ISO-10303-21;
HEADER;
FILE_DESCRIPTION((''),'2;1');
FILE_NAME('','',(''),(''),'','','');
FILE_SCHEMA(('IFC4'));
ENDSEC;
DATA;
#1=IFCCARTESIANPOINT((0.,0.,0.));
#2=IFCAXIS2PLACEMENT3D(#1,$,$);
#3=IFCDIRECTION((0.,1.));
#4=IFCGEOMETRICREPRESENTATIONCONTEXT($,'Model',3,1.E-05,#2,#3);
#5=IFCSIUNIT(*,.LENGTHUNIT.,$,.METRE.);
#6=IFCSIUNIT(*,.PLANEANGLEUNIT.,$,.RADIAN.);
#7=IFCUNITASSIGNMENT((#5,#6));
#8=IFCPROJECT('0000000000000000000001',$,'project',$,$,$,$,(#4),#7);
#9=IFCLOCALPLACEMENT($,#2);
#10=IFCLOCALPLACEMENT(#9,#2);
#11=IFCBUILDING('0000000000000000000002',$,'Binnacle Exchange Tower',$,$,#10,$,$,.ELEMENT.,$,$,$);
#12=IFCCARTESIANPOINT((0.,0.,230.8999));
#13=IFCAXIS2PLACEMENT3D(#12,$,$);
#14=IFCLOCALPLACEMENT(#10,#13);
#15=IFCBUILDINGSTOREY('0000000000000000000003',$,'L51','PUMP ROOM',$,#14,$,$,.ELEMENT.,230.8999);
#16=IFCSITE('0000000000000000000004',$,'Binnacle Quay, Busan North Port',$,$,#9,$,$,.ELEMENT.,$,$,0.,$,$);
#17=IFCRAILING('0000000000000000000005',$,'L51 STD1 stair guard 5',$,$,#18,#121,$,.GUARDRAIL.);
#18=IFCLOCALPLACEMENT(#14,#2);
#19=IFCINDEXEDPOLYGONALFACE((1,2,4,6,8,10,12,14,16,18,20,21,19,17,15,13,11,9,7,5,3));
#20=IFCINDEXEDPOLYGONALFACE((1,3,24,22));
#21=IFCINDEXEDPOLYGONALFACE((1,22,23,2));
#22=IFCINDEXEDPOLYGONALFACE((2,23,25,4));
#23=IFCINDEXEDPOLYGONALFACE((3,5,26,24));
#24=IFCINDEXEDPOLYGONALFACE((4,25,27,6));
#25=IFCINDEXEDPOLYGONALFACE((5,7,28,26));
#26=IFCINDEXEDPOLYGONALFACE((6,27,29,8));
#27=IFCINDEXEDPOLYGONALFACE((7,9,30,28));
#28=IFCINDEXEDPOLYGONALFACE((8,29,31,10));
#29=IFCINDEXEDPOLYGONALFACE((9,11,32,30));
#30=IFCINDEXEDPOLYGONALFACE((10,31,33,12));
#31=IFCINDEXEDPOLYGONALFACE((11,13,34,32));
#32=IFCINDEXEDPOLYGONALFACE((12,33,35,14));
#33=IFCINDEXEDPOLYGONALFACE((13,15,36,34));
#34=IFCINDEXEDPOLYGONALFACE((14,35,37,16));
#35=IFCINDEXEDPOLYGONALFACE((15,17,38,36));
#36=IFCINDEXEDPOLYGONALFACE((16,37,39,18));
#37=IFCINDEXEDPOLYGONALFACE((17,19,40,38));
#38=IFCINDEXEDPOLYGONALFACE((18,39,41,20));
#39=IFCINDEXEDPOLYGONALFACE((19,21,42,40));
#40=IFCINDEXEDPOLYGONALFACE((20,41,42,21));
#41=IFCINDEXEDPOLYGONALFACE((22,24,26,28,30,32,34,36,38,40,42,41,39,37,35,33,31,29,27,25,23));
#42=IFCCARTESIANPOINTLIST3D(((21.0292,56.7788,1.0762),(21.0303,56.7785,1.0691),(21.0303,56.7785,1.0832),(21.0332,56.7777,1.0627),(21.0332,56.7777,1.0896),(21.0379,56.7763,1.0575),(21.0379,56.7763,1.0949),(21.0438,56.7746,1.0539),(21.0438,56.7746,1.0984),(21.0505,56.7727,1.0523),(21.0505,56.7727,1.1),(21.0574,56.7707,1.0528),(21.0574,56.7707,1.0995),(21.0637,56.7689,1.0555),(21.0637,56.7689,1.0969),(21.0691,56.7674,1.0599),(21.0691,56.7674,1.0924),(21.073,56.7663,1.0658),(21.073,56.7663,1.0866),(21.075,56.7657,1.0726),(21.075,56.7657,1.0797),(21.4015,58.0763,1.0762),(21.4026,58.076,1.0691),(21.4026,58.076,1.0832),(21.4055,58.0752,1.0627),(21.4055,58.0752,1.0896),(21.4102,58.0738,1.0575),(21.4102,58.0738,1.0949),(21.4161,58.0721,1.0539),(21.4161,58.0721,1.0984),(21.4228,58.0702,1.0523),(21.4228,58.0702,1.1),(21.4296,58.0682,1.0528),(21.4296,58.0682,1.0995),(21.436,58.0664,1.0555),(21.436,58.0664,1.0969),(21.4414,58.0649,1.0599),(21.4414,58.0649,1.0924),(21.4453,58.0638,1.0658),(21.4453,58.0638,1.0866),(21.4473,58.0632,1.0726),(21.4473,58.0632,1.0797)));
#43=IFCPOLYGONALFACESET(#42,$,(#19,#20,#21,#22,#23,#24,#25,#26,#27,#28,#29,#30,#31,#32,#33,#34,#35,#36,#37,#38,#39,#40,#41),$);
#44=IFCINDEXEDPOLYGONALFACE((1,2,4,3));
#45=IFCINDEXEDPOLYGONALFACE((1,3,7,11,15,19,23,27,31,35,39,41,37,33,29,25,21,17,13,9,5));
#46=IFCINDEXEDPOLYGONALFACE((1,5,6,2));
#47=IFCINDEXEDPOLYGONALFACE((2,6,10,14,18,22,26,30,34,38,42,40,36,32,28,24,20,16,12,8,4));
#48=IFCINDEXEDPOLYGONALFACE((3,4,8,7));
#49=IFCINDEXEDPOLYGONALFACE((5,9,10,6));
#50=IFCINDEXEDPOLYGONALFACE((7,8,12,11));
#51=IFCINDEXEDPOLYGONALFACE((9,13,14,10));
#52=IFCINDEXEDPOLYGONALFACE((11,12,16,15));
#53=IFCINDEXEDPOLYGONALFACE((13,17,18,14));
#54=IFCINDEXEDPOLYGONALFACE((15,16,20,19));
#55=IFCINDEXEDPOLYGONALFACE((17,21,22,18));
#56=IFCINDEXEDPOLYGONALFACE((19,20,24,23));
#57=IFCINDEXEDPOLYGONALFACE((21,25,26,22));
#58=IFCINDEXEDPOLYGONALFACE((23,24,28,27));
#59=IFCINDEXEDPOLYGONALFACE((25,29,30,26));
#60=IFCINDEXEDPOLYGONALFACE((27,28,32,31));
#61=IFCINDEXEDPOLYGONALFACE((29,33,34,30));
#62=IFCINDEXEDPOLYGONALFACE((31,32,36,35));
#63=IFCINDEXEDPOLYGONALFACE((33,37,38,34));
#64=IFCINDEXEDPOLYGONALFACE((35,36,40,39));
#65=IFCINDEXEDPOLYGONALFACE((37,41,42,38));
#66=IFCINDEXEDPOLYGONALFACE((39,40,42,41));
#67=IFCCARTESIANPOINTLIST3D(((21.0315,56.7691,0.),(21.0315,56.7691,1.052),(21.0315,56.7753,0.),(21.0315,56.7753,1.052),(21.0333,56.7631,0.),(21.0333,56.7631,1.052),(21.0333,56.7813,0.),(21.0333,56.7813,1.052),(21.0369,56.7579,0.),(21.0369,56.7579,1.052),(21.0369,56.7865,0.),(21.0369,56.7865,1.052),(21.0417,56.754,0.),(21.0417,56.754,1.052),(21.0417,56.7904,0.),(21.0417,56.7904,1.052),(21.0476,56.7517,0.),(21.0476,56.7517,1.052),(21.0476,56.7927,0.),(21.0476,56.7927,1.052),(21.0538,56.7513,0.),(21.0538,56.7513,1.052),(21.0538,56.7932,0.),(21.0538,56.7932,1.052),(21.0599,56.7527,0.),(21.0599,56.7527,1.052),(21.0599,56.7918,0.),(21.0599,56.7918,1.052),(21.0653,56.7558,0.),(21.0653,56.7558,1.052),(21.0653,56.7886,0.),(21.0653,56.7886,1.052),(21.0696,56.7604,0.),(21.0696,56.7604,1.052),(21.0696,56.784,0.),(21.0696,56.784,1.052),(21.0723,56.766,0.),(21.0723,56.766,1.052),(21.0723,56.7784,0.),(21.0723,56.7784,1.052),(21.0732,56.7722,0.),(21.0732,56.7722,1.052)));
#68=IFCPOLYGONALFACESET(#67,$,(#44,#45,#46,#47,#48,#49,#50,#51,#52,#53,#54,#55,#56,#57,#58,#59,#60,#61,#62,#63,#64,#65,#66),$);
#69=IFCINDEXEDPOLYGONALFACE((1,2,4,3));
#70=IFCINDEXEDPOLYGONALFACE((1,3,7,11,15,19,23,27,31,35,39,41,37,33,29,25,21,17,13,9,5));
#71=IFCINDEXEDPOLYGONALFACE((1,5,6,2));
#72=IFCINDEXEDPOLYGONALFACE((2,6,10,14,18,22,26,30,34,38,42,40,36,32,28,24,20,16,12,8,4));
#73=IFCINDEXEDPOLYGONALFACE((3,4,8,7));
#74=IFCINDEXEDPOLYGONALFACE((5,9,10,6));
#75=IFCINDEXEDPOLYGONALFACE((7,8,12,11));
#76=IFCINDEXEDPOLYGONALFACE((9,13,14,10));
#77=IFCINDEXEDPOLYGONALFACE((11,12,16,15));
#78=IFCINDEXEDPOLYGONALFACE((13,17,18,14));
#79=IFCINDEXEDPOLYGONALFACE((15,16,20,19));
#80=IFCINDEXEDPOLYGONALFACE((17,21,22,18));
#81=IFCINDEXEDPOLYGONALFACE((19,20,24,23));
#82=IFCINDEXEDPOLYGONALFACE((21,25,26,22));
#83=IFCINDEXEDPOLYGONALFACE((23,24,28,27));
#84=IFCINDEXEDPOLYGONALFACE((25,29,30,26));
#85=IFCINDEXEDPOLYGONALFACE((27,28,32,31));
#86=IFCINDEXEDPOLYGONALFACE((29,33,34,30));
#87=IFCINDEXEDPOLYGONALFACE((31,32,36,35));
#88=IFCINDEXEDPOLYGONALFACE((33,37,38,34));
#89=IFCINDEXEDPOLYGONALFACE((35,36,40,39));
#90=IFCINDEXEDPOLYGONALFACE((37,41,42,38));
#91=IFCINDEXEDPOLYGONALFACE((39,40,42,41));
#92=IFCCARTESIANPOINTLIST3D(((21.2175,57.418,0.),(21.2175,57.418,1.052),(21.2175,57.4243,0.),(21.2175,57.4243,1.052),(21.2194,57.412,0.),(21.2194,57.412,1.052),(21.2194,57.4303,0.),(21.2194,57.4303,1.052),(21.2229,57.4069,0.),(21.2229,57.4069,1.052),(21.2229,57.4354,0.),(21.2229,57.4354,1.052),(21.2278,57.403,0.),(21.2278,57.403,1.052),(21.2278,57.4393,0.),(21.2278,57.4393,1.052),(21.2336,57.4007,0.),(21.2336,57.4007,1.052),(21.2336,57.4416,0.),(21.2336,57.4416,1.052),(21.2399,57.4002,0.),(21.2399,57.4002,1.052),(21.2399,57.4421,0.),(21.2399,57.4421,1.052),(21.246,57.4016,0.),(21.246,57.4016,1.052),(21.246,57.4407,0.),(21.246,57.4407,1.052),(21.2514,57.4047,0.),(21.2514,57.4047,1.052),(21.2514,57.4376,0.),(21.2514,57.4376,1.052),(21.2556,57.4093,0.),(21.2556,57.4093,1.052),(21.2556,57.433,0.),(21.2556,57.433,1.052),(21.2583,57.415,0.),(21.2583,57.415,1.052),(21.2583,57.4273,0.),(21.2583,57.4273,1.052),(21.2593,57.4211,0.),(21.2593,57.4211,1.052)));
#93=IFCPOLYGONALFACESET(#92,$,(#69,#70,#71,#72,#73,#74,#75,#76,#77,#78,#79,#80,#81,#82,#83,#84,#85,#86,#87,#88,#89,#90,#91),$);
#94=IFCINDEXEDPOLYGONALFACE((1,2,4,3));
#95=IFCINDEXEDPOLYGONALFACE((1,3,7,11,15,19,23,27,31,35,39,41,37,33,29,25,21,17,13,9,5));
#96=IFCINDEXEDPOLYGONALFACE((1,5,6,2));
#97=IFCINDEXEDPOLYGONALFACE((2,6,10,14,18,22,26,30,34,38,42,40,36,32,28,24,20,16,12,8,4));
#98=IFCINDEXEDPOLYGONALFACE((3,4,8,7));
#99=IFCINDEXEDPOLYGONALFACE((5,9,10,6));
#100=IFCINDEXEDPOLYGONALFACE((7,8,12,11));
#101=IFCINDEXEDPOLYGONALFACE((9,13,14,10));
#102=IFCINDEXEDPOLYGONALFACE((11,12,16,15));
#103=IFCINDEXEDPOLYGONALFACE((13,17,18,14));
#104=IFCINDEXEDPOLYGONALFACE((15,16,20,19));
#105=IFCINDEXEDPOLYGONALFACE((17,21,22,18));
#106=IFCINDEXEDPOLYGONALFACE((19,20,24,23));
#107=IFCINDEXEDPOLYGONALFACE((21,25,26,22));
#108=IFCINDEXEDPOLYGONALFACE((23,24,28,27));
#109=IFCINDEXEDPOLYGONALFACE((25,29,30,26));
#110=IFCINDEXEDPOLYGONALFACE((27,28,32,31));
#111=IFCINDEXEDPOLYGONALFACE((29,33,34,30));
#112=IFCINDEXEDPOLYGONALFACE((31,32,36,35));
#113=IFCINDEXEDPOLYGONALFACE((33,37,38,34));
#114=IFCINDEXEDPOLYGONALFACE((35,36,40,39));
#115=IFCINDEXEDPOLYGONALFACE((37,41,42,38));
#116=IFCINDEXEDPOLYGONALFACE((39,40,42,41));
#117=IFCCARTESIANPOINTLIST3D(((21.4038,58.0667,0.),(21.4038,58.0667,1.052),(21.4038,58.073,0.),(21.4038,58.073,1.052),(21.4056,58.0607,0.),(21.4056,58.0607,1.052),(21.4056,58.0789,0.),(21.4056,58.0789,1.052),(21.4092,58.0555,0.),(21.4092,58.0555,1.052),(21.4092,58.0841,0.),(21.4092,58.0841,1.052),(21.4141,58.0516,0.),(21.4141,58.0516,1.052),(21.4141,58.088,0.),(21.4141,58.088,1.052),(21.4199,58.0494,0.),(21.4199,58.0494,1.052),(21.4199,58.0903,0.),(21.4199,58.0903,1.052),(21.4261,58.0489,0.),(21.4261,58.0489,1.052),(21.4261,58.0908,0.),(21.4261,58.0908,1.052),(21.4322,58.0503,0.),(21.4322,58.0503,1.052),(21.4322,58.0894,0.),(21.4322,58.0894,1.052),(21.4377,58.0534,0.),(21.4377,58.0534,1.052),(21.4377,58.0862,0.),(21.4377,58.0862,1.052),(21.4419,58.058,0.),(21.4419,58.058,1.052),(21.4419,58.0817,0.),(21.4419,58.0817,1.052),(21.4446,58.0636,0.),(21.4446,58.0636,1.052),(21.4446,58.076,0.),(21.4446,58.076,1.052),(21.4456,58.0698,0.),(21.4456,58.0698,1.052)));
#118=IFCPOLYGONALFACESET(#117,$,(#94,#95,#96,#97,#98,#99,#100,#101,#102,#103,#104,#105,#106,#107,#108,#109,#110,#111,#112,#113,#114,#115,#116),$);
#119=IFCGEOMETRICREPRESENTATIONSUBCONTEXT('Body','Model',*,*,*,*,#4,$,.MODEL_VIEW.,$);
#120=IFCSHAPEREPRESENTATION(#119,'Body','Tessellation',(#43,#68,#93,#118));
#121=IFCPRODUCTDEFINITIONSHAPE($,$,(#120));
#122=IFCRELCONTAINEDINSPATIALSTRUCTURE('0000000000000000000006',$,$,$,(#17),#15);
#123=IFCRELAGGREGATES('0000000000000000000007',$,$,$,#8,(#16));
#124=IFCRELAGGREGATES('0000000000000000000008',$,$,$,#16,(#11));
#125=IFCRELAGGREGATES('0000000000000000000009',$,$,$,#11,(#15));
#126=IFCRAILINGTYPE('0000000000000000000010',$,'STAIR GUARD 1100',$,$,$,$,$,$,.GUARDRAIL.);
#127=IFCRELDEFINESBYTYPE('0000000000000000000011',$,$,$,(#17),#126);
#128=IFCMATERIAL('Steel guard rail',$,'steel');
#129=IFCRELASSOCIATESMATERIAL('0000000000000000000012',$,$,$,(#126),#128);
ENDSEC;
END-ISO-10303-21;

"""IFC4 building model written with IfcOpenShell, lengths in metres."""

from ifc_helpers import new_model, si_unit, direction, frame, origin, origin_2d, place, context, subcontext, project, spatial, circle, extrude, material, type_object, element, save


model = new_model("IFC4")

# Units and contexts
model_context = context("Model", 3, precision=1e-05, world=origin(), true_north=direction((0.0, 1.0)))
body_context = subcontext(model_context, "Body", "Model", "MODEL_VIEW")
ifc_project = project(units=[si_unit("LENGTHUNIT", "METRE"), si_unit("PLANEANGLEUNIT", "RADIAN")], contexts=[model_context])

# Site, building, storey
site_placement = place(None, origin())
site = spatial("IfcSite", under=ifc_project, at=site_placement, Name="Binnacle Quay, Busan North Port", CompositionType="ELEMENT", RefElevation=0.0)
building_placement = place(site_placement, origin())
building = spatial("IfcBuilding", under=site, at=building_placement, Name="Binnacle Exchange Tower", CompositionType="ELEMENT")
storey_placement = place(building_placement, frame((0.0, 0.0, 230.8999)))
storey = spatial("IfcBuildingStorey", under=building, at=storey_placement, Name="L51", Description="PUMP ROOM", CompositionType="ELEMENT", Elevation=230.8999)

# Railing
ifc_material_1 = material(Name="Steel guard rail", Category="steel")
railing_type_1 = type_object("IfcRailingType", Name="STAIR GUARD 1100", PredefinedType="GUARDRAIL", material=ifc_material_1)
railing_1_placement = place(storey_placement, frame((21.0522, 56.7722, 0.0)))
element("IfcRailing", 1, at=railing_1_placement, inside=storey, type_object=railing_type_1, Name="L51 STD1 stair guard 5", PredefinedType="GUARDRAIL", context=body_context, shape_type="SweptSolid", body=[
    extrude(circle(Radius=0.0239, at=origin_2d()), frame((0.0, 0.0, 1.0762), z_axis=(0.275796, 0.961216, 0.0), x_axis=(-0.961216, 0.275796, 0.0)), (0.0, 0.0, 1.0), 1.3499),
    extrude(circle(Radius=0.021, at=origin_2d()), origin(), (0.0, 0.0, 1.0), 1.052),
    extrude(circle(Radius=0.021, at=origin_2d()), frame((0.186, 0.6489, 0.0)), (0.0, 0.0, 1.0), 1.052),
    extrude(circle(Radius=0.021, at=origin_2d()), frame((0.3723, 1.2976, 0.0)), (0.0, 0.0, 1.0), 1.052),
])

save(model, "model.ifc")
